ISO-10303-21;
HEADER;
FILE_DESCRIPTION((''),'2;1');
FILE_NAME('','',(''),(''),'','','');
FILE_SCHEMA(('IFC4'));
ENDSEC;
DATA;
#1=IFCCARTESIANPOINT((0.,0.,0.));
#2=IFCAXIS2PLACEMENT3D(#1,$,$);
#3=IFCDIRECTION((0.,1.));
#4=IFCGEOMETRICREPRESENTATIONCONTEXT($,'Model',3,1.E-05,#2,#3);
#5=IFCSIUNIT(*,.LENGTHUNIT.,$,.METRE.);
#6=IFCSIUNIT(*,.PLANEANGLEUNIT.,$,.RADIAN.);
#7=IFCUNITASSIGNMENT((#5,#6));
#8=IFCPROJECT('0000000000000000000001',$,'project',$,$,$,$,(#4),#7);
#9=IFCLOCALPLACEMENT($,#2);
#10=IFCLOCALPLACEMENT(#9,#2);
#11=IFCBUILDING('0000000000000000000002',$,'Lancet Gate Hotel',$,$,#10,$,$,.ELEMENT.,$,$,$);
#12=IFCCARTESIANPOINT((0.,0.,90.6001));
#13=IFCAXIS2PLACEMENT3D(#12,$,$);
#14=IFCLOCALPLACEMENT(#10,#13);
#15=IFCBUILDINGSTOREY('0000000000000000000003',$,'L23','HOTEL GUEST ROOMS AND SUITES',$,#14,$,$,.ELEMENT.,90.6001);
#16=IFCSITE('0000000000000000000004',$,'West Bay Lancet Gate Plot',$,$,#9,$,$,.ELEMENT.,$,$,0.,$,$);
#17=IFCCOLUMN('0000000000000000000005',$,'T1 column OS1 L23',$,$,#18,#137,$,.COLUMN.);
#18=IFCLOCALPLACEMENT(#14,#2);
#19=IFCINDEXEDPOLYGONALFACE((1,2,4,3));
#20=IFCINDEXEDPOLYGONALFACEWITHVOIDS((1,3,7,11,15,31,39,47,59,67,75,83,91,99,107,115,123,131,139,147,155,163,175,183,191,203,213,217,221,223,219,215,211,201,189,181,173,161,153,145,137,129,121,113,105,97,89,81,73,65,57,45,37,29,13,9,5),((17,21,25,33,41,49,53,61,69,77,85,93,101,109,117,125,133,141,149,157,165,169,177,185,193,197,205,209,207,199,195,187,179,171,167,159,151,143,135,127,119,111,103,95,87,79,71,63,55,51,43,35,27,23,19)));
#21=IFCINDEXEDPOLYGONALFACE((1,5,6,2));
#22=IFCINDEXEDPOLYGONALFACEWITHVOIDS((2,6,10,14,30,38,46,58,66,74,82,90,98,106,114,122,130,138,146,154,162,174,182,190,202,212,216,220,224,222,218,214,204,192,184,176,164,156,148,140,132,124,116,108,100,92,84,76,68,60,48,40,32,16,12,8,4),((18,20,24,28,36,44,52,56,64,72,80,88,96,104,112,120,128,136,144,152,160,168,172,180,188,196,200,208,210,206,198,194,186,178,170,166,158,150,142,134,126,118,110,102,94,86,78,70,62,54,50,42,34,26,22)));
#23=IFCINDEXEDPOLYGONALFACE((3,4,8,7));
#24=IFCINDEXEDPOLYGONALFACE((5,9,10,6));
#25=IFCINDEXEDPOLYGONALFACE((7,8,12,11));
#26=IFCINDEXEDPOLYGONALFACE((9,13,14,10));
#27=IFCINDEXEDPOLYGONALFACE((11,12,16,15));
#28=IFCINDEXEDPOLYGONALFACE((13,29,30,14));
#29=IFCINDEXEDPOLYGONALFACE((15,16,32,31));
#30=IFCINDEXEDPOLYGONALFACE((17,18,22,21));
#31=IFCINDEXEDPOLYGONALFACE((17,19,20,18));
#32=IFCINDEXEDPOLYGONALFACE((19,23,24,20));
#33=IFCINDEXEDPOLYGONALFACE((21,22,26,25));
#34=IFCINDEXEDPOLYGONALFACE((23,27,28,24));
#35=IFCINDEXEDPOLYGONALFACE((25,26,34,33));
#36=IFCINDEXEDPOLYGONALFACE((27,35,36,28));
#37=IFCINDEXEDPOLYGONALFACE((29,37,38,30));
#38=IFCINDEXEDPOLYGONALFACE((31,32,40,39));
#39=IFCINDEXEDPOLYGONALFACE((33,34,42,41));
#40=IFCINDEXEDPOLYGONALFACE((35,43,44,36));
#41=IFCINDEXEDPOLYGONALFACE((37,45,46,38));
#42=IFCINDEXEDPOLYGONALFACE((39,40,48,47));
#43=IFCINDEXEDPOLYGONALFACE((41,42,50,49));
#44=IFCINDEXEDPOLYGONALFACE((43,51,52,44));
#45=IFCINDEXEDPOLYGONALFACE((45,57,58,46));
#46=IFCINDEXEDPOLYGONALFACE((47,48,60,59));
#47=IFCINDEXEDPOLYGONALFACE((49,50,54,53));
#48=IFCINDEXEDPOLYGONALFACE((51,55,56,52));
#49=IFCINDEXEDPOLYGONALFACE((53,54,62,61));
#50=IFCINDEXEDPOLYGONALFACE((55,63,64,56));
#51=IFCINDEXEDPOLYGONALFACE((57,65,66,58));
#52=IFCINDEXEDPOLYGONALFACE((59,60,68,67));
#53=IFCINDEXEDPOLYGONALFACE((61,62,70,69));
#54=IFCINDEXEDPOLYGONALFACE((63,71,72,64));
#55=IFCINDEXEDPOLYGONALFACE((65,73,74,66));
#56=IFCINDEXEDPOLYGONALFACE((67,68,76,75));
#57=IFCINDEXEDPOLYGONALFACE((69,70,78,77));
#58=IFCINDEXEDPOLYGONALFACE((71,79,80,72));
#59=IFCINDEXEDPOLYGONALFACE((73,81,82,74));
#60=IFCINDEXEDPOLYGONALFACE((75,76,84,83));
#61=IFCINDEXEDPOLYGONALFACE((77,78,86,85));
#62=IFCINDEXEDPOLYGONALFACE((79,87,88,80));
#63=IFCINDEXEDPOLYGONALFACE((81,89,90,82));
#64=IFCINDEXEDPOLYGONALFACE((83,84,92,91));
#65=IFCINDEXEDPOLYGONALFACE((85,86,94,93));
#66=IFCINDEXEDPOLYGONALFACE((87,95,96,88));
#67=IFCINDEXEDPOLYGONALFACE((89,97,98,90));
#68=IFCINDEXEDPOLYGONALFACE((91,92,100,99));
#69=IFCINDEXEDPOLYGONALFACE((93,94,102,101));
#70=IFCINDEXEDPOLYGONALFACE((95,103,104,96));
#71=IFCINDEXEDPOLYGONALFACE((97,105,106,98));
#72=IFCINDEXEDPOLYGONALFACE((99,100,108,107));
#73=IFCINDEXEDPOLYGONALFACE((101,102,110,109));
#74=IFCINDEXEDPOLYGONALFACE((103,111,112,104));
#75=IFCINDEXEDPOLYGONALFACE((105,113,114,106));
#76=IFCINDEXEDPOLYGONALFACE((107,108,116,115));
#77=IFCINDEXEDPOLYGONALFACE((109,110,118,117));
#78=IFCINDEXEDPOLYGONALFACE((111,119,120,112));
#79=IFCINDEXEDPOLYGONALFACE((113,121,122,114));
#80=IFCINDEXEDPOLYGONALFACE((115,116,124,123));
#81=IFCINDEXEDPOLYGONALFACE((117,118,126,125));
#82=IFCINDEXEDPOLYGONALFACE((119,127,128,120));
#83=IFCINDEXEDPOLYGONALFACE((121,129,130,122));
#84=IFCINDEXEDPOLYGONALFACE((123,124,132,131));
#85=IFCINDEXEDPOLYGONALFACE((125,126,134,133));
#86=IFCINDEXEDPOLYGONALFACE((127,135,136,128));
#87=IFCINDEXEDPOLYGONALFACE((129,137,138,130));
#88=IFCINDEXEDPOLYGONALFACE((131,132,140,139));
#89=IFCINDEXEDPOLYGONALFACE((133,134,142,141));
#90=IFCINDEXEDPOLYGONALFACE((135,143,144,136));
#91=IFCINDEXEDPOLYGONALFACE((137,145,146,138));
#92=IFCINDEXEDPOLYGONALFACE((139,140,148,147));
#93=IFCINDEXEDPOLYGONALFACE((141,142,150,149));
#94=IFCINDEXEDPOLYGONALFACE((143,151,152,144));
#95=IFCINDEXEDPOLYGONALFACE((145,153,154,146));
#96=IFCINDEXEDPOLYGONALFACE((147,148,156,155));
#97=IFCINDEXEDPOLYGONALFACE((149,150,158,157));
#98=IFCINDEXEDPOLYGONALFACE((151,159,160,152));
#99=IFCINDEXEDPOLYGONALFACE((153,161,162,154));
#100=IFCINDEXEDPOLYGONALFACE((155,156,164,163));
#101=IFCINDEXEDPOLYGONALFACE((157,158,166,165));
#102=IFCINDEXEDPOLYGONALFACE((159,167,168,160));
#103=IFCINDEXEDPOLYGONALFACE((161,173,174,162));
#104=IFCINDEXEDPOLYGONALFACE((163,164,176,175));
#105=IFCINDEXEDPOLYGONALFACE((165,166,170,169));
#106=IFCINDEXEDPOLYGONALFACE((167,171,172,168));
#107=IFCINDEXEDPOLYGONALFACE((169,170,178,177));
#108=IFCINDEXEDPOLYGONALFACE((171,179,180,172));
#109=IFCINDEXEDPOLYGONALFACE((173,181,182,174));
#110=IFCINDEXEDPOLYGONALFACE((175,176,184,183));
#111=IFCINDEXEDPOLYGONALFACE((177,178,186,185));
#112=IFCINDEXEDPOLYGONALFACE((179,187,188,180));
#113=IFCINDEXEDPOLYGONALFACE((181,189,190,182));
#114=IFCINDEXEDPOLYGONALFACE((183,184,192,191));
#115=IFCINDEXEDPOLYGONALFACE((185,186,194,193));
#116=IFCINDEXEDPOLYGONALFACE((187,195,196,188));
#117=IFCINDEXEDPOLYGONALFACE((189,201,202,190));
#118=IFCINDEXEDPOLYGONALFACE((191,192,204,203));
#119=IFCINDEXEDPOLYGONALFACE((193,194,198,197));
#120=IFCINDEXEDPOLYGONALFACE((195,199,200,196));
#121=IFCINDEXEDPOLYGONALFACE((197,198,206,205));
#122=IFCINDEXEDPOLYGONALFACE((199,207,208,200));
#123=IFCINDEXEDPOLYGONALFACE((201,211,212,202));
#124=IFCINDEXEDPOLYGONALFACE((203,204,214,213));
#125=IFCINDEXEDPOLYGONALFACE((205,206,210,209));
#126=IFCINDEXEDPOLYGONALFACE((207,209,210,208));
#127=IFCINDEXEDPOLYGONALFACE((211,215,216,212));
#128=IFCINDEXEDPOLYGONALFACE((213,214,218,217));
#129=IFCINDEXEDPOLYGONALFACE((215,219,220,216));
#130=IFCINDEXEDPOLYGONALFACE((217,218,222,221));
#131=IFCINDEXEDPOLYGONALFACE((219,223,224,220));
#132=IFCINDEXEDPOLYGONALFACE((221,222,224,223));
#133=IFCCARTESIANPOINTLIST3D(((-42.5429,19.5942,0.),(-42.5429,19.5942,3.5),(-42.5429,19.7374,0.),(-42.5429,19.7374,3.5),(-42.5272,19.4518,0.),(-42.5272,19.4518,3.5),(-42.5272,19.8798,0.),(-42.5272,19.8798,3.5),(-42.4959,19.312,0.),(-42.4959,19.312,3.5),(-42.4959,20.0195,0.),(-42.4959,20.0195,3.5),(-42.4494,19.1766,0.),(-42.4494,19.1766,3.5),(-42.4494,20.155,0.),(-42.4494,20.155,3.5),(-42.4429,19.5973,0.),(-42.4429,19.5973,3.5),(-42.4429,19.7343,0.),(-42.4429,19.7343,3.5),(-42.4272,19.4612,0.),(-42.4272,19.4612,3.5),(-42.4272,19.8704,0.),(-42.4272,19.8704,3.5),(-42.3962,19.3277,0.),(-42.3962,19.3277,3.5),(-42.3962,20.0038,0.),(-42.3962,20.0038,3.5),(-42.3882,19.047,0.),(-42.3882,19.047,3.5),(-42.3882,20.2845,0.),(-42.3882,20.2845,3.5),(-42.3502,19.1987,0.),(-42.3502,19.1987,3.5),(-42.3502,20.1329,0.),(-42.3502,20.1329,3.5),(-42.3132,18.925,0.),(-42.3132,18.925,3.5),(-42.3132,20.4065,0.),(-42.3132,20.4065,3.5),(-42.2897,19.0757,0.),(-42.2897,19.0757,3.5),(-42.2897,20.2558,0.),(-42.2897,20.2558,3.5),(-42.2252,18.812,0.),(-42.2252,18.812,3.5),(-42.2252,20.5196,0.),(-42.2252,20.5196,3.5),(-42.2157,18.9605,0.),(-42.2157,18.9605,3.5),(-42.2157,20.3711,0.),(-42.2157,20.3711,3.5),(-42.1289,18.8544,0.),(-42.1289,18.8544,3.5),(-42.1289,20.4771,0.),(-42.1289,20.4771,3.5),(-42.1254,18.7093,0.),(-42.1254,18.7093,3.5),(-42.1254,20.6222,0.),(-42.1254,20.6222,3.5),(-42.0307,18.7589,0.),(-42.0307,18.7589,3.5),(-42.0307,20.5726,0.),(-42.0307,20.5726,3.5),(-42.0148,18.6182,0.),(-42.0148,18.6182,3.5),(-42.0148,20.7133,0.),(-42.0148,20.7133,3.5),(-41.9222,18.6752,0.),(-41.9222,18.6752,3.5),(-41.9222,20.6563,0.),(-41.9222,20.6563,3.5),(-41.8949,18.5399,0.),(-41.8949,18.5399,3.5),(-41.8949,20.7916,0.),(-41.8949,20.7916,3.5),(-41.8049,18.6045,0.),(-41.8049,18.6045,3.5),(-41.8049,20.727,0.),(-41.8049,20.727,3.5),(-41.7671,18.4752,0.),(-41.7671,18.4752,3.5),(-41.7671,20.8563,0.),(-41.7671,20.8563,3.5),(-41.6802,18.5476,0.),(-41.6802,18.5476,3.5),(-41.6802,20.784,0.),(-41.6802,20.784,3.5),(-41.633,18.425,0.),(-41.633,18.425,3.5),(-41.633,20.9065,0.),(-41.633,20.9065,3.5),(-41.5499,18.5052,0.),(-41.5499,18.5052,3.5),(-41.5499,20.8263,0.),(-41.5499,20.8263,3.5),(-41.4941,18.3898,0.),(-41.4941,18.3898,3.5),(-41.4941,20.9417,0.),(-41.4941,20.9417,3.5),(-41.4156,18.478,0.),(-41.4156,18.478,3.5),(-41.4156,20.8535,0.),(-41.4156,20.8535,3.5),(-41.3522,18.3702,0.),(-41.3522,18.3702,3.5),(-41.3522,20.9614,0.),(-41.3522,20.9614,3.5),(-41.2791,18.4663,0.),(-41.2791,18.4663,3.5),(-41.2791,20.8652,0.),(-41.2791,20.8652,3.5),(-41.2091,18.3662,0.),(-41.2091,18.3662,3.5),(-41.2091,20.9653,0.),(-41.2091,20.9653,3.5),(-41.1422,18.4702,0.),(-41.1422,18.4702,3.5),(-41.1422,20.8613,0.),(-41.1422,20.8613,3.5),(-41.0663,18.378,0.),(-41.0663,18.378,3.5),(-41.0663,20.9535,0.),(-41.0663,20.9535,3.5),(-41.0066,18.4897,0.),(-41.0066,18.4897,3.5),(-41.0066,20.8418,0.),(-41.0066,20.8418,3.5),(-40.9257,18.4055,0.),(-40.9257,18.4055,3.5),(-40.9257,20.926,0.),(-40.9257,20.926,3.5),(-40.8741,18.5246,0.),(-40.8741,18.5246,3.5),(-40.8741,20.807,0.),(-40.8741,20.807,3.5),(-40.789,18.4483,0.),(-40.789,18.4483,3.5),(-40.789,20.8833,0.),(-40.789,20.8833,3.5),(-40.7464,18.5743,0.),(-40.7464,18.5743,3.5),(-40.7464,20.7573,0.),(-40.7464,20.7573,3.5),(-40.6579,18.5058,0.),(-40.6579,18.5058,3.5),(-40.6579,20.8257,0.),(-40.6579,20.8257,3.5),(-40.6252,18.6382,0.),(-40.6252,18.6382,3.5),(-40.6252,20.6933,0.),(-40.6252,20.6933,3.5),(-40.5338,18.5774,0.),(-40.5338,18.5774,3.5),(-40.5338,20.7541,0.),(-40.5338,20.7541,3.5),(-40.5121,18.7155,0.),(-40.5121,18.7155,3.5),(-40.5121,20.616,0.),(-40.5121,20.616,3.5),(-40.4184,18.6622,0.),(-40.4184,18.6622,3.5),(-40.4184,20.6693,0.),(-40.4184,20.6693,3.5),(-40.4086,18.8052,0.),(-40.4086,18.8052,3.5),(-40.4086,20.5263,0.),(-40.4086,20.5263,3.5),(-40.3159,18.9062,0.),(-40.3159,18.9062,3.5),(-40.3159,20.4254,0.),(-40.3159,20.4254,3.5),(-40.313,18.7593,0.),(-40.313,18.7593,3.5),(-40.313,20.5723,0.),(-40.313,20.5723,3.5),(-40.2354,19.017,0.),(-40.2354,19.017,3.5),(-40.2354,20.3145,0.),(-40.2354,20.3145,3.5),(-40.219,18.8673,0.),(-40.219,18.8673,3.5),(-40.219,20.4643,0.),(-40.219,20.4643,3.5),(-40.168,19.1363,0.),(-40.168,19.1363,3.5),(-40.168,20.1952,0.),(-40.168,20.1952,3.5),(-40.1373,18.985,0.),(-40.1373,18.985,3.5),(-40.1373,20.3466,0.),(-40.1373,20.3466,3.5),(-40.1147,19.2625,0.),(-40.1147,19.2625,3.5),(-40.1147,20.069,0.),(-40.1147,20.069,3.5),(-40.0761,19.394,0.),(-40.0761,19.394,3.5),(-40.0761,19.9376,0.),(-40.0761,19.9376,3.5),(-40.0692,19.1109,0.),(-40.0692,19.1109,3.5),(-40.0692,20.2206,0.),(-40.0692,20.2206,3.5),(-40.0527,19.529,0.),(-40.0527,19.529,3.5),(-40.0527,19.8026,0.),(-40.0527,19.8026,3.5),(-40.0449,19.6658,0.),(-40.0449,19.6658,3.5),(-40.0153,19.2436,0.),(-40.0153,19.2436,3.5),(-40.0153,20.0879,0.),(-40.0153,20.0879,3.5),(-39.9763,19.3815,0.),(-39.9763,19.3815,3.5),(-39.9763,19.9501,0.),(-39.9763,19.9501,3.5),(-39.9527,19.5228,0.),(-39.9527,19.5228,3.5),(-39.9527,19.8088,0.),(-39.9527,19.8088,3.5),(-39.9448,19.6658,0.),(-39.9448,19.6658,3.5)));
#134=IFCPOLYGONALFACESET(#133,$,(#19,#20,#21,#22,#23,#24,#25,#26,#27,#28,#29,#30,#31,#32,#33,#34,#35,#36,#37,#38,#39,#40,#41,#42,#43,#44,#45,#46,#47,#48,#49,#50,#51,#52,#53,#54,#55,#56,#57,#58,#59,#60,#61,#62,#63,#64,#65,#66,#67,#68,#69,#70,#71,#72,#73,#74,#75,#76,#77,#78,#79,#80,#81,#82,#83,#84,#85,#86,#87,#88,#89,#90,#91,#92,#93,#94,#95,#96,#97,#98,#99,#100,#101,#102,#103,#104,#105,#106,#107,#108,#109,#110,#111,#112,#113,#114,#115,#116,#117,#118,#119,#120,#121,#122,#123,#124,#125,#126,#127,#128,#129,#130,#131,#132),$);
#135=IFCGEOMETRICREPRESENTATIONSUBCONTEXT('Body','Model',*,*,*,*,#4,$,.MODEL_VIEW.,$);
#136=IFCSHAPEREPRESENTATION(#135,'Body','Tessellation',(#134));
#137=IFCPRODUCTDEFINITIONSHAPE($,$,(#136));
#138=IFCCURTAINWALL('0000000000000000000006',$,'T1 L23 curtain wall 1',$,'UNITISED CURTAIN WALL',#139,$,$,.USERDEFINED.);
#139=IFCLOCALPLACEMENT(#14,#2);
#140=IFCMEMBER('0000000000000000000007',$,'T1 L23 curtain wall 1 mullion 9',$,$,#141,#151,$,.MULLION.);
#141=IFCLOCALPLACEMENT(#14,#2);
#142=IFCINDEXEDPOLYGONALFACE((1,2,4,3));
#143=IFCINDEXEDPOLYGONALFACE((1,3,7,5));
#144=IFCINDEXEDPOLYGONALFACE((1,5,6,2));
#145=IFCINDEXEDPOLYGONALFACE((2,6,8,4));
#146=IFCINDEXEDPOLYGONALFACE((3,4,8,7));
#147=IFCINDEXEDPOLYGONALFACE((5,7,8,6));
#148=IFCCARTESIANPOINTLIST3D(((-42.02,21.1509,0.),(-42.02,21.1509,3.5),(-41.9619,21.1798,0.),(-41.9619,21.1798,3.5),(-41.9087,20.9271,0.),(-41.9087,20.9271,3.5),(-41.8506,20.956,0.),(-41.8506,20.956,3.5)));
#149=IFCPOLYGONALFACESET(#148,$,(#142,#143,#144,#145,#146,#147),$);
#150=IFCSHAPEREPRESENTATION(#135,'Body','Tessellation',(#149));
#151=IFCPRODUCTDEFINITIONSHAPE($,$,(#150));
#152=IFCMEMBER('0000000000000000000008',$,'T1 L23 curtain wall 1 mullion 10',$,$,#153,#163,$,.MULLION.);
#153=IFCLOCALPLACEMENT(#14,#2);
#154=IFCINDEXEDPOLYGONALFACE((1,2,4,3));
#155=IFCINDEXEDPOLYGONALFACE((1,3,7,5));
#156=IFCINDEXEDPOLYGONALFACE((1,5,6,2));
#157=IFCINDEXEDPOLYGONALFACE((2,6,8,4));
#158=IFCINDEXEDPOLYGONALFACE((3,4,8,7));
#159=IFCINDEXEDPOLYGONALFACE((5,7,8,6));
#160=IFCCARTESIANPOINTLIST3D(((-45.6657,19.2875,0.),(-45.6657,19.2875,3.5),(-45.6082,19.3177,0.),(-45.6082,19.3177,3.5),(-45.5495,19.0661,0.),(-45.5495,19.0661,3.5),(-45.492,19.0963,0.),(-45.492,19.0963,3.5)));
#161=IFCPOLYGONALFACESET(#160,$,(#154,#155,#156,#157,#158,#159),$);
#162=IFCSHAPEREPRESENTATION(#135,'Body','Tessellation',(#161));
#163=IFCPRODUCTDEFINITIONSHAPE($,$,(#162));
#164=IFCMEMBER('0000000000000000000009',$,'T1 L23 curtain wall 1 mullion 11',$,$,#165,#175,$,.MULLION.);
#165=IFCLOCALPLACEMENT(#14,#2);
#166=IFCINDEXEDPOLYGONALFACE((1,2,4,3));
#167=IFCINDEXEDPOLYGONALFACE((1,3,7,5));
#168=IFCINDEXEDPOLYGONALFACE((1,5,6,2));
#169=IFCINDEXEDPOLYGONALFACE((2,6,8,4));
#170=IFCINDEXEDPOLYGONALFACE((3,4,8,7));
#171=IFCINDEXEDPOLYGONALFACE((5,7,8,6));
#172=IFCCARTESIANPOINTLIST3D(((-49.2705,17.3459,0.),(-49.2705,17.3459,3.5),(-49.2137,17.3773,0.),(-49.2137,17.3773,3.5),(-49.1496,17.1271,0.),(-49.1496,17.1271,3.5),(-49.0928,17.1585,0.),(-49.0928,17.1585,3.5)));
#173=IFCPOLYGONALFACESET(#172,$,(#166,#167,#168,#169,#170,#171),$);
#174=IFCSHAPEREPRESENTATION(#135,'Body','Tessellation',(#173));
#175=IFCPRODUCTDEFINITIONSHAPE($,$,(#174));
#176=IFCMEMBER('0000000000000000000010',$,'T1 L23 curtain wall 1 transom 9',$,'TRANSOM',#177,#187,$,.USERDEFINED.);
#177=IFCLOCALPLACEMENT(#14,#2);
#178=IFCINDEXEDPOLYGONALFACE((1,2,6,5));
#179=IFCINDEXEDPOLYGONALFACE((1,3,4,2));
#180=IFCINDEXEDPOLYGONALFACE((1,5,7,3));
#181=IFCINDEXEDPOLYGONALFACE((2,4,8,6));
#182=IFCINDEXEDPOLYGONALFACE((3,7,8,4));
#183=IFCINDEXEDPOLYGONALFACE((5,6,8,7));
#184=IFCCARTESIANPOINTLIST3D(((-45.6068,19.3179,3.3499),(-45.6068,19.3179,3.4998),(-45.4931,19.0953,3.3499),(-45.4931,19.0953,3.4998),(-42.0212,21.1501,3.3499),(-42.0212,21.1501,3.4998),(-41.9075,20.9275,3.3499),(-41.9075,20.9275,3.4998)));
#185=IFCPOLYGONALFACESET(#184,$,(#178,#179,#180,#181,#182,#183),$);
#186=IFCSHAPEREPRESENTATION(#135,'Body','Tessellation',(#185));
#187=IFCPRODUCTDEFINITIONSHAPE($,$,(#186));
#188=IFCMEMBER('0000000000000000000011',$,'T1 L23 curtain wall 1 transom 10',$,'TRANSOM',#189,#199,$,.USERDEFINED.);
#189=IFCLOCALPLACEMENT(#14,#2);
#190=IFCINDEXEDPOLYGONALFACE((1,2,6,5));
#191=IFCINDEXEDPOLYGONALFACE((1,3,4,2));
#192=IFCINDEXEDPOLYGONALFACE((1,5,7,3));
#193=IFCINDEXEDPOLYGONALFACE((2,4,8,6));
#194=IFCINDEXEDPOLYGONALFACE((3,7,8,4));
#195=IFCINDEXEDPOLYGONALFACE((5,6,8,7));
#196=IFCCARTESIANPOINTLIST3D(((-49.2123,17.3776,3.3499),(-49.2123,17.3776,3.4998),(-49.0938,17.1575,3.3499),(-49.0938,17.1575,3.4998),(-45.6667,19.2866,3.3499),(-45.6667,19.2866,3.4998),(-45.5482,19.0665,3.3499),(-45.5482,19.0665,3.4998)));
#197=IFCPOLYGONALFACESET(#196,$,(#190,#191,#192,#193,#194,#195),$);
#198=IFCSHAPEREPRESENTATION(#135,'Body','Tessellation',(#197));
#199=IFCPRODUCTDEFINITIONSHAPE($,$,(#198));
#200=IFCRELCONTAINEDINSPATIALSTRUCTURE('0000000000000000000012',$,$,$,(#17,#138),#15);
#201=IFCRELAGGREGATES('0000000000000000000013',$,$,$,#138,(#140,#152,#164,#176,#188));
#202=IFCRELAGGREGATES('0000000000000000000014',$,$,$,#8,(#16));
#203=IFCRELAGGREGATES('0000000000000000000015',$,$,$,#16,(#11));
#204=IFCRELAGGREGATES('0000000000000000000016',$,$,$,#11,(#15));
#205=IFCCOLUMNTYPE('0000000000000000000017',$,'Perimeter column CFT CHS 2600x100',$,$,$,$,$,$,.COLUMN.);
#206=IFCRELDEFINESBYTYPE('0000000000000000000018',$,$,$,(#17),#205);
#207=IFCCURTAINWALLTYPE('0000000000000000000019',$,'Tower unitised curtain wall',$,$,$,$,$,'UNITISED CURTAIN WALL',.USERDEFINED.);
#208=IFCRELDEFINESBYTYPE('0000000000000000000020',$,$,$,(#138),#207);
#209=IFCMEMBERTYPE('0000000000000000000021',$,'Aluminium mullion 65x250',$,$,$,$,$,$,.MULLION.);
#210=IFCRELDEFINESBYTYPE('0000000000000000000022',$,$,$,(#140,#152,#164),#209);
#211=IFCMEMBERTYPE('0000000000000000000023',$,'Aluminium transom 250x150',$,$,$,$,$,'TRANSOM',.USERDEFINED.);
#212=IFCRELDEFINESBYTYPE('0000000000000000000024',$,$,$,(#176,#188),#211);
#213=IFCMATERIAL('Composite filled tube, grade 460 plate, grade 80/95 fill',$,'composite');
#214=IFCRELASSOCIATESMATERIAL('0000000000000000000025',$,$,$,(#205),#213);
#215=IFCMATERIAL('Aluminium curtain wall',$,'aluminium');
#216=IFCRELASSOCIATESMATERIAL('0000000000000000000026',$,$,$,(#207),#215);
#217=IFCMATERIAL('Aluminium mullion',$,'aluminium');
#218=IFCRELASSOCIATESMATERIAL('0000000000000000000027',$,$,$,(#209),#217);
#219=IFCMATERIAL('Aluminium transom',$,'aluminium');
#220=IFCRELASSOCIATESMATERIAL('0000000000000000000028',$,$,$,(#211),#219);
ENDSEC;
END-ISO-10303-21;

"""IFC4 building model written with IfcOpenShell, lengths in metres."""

from ifc_helpers import new_model, si_unit, direction, frame, origin, origin_2d, place, context, subcontext, project, spatial, rectangle, hollow_circle, extrude, material, material_profile, profile_set, type_object, element, aggregate, save


model = new_model("IFC4")

# Units and contexts
model_context = context("Model", 3, precision=1e-05, world=origin(), true_north=direction((0.0, 1.0)))
body_context = subcontext(model_context, "Body", "Model", "MODEL_VIEW")
ifc_project = project(units=[si_unit("LENGTHUNIT", "METRE"), si_unit("PLANEANGLEUNIT", "RADIAN")], contexts=[model_context])

# Site, building, storey
site_placement = place(None, origin())
site = spatial("IfcSite", under=ifc_project, at=site_placement, Name="West Bay Lancet Gate Plot", CompositionType="ELEMENT", RefElevation=0.0)
building_placement = place(site_placement, origin())
building = spatial("IfcBuilding", under=site, at=building_placement, Name="Lancet Gate Hotel", CompositionType="ELEMENT")
storey_placement = place(building_placement, frame((0.0, 0.0, 90.6001)))
storey = spatial("IfcBuildingStorey", under=building, at=storey_placement, Name="L23", Description="HOTEL GUEST ROOMS AND SUITES", CompositionType="ELEMENT", Elevation=90.6001)

# Column
ifc_material_1 = material(Name="Composite filled tube, grade 460 plate, grade 80/95 fill", Category="composite")
ifc_material_profile_1 = material_profile(ifc_material_1, hollow_circle(Radius=1.3, WallThickness=0.1001, at=origin_2d()), Name="CHS 2600x100")
ifc_profile_set_1 = profile_set([ifc_material_profile_1], Name="Composite filled tube, grade 460 plate, grade 80/95 fill")
column_type = type_object("IfcColumnType", Name="Perimeter column CFT CHS 2600x100", PredefinedType="COLUMN", material=ifc_profile_set_1)
column_placement = place(storey_placement, frame((-41.2449, 19.6658, 0.0), z_axis=(0.0, 0.0, 1.0), x_axis=(1.0, 0.0, 0.0)))
element("IfcColumn", 1, at=column_placement, inside=storey, type_object=column_type, Name="T1 column OS1 L23", PredefinedType="COLUMN", context=body_context, shape_type="SweptSolid", body=[
    extrude(hollow_circle(Radius=1.3, WallThickness=0.1001, at=origin_2d()), origin(), (0.0, 0.0, 1.0), 3.5),
])

# Curtain wall, members
ifc_material_2 = material(Name="Aluminium curtain wall", Category="aluminium")
curtain_wall_type = type_object("IfcCurtainWallType", Name="Tower unitised curtain wall", ElementType="UNITISED CURTAIN WALL", PredefinedType="USERDEFINED", material=ifc_material_2)
curtain_wall_placement = place(storey_placement, origin())
curtain_wall = element("IfcCurtainWall", 2, at=curtain_wall_placement, inside=storey, type_object=curtain_wall_type, Name="T1 L23 curtain wall 1", ObjectType="UNITISED CURTAIN WALL", PredefinedType="USERDEFINED")
ifc_material_3 = material(Name="Aluminium mullion", Category="aluminium")
ifc_material_profile_2 = material_profile(ifc_material_3, rectangle(XDim=0.0649, YDim=0.25, at=origin_2d()), Name="MULLION 65x250")
ifc_profile_set_2 = profile_set([ifc_material_profile_2], Name="Aluminium mullion")
member_type_1 = type_object("IfcMemberType", Name="Aluminium mullion 65x250", PredefinedType="MULLION", material=ifc_profile_set_2)
member_1_placement = place(storey_placement, frame((-41.9353, 21.0535, 0.0), z_axis=(0.0, 0.0, 1.0), x_axis=(-0.895339, -0.445384, 0.0)))
member_1 = element("IfcMember", 3, at=member_1_placement, type_object=member_type_1, Name="T1 L23 curtain wall 1 mullion 9", PredefinedType="MULLION", context=body_context, shape_type="SweptSolid", body=[
    extrude(rectangle(XDim=0.0649, YDim=0.25, at=origin_2d()), origin(), (0.0, 0.0, 1.0), 3.5),
])
member_2_placement = place(storey_placement, frame((-45.5789, 19.1919, 0.0), z_axis=(0.0, 0.0, 1.0), x_axis=(-0.885544, -0.464555, 0.0)))
member_2 = element("IfcMember", 4, at=member_2_placement, type_object=member_type_1, Name="T1 L23 curtain wall 1 mullion 10", PredefinedType="MULLION", context=body_context, shape_type="SweptSolid", body=[
    extrude(rectangle(XDim=0.0649, YDim=0.25, at=origin_2d()), origin(), (0.0, 0.0, 1.0), 3.5),
])
member_3_placement = place(storey_placement, frame((-49.1816, 17.2522, 0.0), z_axis=(0.0, 0.0, 1.0), x_axis=(-0.875339, -0.48351, 0.0)))
member_3 = element("IfcMember", 5, at=member_3_placement, type_object=member_type_1, Name="T1 L23 curtain wall 1 mullion 11", PredefinedType="MULLION", context=body_context, shape_type="SweptSolid", body=[
    extrude(rectangle(XDim=0.0649, YDim=0.25, at=origin_2d()), origin(), (0.0, 0.0, 1.0), 3.5),
])
ifc_material_4 = material(Name="Aluminium transom", Category="aluminium")
ifc_material_profile_3 = material_profile(ifc_material_4, rectangle(XDim=0.25, YDim=0.1499, at=origin_2d()), Name="TRANSOM 250x150")
ifc_profile_set_3 = profile_set([ifc_material_profile_3], Name="Aluminium transom")
member_type_2 = type_object("IfcMemberType", Name="Aluminium transom 250x150", ElementType="TRANSOM", PredefinedType="USERDEFINED", material=ifc_profile_set_3)
member_4_placement = place(storey_placement, frame((-41.9644, 21.0388, 3.4248), z_axis=(-0.890476, -0.45503, 0.0), x_axis=(0.45503, -0.890476, 0.0)))
member_4 = element("IfcMember", 6, at=member_4_placement, type_object=member_type_2, Name="T1 L23 curtain wall 1 transom 9", ObjectType="TRANSOM", PredefinedType="USERDEFINED", context=body_context, shape_type="SweptSolid", body=[
    extrude(rectangle(XDim=0.25, YDim=0.1499, at=origin_2d()), origin(), (0.0, 0.0, 1.0), 4.0266),
])
member_5_placement = place(storey_placement, frame((-45.6074, 19.1765, 3.4248), z_axis=(-0.880498, -0.474049, 0.0), x_axis=(0.474049, -0.880498, 0.0)))
member_5 = element("IfcMember", 7, at=member_5_placement, type_object=member_type_2, Name="T1 L23 curtain wall 1 transom 10", ObjectType="TRANSOM", PredefinedType="USERDEFINED", context=body_context, shape_type="SweptSolid", body=[
    extrude(rectangle(XDim=0.25, YDim=0.1499, at=origin_2d()), origin(), (0.0, 0.0, 1.0), 4.0269),
])

aggregate(curtain_wall, [member_1, member_2, member_3, member_4, member_5])

save(model, "model.ifc")
